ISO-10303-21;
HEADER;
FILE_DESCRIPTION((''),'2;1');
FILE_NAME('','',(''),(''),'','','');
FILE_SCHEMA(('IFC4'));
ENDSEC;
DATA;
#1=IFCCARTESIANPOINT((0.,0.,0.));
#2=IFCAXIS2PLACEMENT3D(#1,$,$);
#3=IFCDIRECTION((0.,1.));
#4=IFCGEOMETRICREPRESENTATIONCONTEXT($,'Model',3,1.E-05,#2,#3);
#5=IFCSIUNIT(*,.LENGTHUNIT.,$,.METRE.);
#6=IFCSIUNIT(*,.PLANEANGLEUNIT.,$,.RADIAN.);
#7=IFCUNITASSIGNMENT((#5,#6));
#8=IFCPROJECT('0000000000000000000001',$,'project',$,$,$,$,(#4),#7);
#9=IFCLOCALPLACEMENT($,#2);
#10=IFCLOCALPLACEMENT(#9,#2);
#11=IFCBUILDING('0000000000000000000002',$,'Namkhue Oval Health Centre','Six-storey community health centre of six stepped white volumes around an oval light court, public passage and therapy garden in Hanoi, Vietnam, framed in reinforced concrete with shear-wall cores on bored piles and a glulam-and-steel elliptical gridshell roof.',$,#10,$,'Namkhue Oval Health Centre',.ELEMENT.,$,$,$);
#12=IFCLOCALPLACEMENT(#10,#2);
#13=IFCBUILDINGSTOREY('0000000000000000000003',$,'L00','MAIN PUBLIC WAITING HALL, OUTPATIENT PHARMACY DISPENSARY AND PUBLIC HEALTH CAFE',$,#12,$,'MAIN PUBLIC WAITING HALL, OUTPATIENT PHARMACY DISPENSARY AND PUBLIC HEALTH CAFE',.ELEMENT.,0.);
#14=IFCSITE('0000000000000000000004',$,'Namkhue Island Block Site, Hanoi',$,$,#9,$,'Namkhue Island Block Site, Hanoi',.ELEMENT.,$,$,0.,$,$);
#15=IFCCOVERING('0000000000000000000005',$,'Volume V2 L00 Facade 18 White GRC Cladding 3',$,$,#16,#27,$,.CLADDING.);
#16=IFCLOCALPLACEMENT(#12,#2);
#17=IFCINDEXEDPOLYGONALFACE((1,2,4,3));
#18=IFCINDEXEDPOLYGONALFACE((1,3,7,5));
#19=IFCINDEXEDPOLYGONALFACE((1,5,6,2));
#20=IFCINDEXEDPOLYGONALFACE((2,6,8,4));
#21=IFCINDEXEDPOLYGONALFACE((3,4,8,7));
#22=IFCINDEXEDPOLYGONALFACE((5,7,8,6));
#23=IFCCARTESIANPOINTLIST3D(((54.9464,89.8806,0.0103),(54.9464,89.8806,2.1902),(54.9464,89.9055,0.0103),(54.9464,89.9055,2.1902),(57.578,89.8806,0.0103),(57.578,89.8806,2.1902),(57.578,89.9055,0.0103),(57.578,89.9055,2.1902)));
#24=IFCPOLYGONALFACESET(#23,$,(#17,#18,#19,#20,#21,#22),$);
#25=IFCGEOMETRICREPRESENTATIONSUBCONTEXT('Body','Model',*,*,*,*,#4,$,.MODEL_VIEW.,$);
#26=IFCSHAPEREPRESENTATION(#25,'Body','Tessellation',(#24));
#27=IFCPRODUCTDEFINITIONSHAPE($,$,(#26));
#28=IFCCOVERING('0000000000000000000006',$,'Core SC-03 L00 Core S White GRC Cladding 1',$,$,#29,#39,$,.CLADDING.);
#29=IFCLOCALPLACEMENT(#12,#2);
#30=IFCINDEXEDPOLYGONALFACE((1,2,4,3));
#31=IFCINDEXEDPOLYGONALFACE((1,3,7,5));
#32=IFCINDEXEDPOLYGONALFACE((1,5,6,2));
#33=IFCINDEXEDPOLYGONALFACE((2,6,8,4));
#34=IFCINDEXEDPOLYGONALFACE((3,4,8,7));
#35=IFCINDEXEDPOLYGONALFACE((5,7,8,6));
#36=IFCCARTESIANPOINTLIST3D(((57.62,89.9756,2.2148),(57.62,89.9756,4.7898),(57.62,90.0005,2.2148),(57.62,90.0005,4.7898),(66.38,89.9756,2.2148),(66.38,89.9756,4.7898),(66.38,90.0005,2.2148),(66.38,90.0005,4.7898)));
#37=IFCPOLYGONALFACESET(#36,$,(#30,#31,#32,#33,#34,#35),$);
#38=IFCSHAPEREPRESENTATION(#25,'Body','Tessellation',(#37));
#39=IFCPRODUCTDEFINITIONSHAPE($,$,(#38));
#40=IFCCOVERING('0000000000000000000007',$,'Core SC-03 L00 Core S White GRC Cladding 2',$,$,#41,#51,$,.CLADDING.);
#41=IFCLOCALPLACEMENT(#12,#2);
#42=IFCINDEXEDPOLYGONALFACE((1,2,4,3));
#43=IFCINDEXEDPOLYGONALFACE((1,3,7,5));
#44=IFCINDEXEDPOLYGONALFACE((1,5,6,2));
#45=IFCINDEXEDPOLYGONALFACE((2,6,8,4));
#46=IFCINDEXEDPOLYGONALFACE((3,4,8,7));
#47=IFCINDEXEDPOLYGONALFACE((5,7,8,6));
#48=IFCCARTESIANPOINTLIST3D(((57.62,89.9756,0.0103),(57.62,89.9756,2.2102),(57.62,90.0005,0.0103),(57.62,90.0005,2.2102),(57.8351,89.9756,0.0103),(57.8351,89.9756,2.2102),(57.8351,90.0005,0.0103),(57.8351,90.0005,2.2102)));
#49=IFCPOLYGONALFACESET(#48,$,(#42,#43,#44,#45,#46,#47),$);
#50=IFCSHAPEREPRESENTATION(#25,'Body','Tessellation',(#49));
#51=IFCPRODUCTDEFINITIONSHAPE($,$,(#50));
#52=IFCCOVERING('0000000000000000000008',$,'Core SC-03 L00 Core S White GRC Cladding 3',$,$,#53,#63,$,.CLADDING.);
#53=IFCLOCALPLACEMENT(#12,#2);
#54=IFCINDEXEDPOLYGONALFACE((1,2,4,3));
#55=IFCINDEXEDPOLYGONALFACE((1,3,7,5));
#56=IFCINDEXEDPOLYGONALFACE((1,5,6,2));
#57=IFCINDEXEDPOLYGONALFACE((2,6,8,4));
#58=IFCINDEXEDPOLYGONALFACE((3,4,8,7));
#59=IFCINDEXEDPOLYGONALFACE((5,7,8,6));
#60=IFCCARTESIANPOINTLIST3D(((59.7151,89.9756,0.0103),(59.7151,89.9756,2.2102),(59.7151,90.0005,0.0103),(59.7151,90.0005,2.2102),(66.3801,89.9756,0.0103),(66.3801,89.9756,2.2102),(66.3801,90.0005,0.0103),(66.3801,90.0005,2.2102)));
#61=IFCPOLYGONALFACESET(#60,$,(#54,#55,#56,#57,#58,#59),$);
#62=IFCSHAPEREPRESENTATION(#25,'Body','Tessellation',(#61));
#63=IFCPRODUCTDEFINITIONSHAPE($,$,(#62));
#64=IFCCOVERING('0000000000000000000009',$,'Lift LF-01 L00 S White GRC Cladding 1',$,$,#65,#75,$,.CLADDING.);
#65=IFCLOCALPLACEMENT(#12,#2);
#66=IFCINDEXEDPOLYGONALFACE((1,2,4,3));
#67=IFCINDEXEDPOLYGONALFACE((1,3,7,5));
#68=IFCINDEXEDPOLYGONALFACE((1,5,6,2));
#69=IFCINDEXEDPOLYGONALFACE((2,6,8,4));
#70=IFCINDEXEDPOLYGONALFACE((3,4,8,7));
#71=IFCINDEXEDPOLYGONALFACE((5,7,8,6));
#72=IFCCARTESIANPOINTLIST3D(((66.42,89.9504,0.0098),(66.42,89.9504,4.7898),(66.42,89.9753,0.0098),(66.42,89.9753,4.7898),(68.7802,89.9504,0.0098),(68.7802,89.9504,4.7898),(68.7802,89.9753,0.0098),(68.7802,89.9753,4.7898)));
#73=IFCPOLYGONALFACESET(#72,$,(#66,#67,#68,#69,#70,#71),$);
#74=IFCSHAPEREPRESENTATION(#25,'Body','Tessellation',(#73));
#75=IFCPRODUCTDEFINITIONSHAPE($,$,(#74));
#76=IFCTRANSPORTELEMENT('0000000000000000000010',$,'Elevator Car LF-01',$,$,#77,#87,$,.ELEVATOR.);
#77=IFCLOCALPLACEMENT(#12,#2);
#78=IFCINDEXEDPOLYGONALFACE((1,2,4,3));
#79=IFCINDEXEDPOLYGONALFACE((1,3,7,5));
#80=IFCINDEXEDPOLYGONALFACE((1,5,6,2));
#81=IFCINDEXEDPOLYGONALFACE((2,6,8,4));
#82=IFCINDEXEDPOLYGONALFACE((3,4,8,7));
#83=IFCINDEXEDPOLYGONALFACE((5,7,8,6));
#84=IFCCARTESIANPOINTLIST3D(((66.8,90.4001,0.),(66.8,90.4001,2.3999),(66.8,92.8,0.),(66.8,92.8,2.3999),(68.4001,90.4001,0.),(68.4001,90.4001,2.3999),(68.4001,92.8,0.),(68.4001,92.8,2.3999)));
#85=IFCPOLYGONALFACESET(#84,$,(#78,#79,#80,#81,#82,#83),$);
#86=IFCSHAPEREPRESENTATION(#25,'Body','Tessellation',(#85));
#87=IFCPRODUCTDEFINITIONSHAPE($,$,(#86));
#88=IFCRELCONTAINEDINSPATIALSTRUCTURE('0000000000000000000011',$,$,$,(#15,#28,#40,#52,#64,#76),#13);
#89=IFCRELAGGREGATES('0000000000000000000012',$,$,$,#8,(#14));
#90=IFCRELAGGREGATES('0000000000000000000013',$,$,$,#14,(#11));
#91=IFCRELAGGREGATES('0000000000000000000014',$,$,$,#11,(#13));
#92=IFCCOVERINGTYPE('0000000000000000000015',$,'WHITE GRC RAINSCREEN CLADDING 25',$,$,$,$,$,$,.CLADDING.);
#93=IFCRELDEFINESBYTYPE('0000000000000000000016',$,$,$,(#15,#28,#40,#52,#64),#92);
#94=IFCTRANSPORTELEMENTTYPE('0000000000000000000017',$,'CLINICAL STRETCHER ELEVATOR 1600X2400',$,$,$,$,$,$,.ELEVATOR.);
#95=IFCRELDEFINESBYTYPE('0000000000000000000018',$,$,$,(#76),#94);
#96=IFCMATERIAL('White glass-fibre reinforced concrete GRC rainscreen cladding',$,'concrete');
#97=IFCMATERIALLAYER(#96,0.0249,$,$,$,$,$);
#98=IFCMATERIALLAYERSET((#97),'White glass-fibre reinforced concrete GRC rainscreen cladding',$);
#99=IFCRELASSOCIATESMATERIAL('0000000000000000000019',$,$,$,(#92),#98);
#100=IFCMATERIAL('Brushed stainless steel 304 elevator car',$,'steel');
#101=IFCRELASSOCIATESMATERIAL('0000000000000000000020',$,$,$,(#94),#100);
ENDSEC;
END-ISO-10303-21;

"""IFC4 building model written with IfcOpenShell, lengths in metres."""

from ifc_helpers import new_model, si_unit, direction, frame, origin, origin_2d, place, context, subcontext, project, spatial, rectangle, extrude, material, layer, layer_set, type_object, element, save


model = new_model("IFC4")

# Units and contexts
model_context = context("Model", 3, precision=1e-05, world=origin(), true_north=direction((0.0, 1.0)))
body_context = subcontext(model_context, "Body", "Model", "MODEL_VIEW")
ifc_project = project(units=[si_unit("LENGTHUNIT", "METRE"), si_unit("PLANEANGLEUNIT", "RADIAN")], contexts=[model_context])

# Site, building, storey
site_placement = place(None, origin())
site = spatial("IfcSite", under=ifc_project, at=site_placement, Name="Namkhue Island Block Site, Hanoi", LongName="Namkhue Island Block Site, Hanoi", CompositionType="ELEMENT", RefElevation=0.0)
building_placement = place(site_placement, origin())
building = spatial("IfcBuilding", under=site, at=building_placement, Name="Namkhue Oval Health Centre", Description="Six-storey community health centre of six stepped white volumes around an oval light court, public passage and therapy garden in Hanoi, Vietnam, framed in reinforced concrete with shear-wall cores on bored piles and a glulam-and-steel elliptical gridshell roof.", LongName="Namkhue Oval Health Centre", CompositionType="ELEMENT")
storey_placement = place(building_placement, origin())
storey = spatial("IfcBuildingStorey", under=building, at=storey_placement, Name="L00", Description="MAIN PUBLIC WAITING HALL, OUTPATIENT PHARMACY DISPENSARY AND PUBLIC HEALTH CAFE", LongName="MAIN PUBLIC WAITING HALL, OUTPATIENT PHARMACY DISPENSARY AND PUBLIC HEALTH CAFE", CompositionType="ELEMENT", Elevation=0.0)

# Coverings
ifc_material_1 = material(Name="White glass-fibre reinforced concrete GRC rainscreen cladding", Category="concrete")
ifc_layer_1 = layer(ifc_material_1, 0.0249)
ifc_layer_set_1 = layer_set([ifc_layer_1], Name="White glass-fibre reinforced concrete GRC rainscreen cladding")
covering_type = type_object("IfcCoveringType", Name="WHITE GRC RAINSCREEN CLADDING 25", PredefinedType="CLADDING", material=ifc_layer_set_1)
covering_1_placement = place(storey_placement, frame((56.2622, 89.8931, 0.0103), z_axis=(0.0, 0.0, 1.0), x_axis=(1.0, 0.0, 0.0)))
element("IfcCovering", 1, at=covering_1_placement, inside=storey, type_object=covering_type, Name="Volume V2 L00 Facade 18 White GRC Cladding 3", PredefinedType="CLADDING", context=body_context, shape_type="SweptSolid", body=[
    extrude(rectangle(XDim=2.6316, YDim=0.0249, at=origin_2d()), origin(), (0.0, 0.0, 1.0), 2.1799),
])
covering_2_placement = place(storey_placement, frame((62.0, 89.988, 2.2148), z_axis=(0.0, 0.0, 1.0), x_axis=(1.0, 0.0, 0.0)))
element("IfcCovering", 2, at=covering_2_placement, inside=storey, type_object=covering_type, Name="Core SC-03 L00 Core S White GRC Cladding 1", PredefinedType="CLADDING", context=body_context, shape_type="SweptSolid", body=[
    extrude(rectangle(XDim=8.76, YDim=0.0249, at=origin_2d()), origin(), (0.0, 0.0, 1.0), 2.575),
])
covering_3_placement = place(storey_placement, frame((57.7275, 89.988, 0.0103), z_axis=(0.0, 0.0, 1.0), x_axis=(1.0, 0.0, 0.0)))
element("IfcCovering", 3, at=covering_3_placement, inside=storey, type_object=covering_type, Name="Core SC-03 L00 Core S White GRC Cladding 2", PredefinedType="CLADDING", context=body_context, shape_type="SweptSolid", body=[
    extrude(rectangle(XDim=0.2151, YDim=0.0249, at=origin_2d()), origin(), (0.0, 0.0, 1.0), 2.2),
])
covering_4_placement = place(storey_placement, frame((63.0476, 89.988, 0.0103), z_axis=(0.0, 0.0, 1.0), x_axis=(1.0, 0.0, 0.0)))
element("IfcCovering", 4, at=covering_4_placement, inside=storey, type_object=covering_type, Name="Core SC-03 L00 Core S White GRC Cladding 3", PredefinedType="CLADDING", context=body_context, shape_type="SweptSolid", body=[
    extrude(rectangle(XDim=6.665, YDim=0.0249, at=origin_2d()), origin(), (0.0, 0.0, 1.0), 2.2),
])
covering_5_placement = place(storey_placement, frame((67.6001, 89.9629, 0.0098), z_axis=(0.0, 0.0, 1.0), x_axis=(1.0, 0.0, 0.0)))
element("IfcCovering", 5, at=covering_5_placement, inside=storey, type_object=covering_type, Name="Lift LF-01 L00 S White GRC Cladding 1", PredefinedType="CLADDING", context=body_context, shape_type="SweptSolid", body=[
    extrude(rectangle(XDim=2.3601, YDim=0.0249, at=origin_2d()), origin(), (0.0, 0.0, 1.0), 4.78),
])

# Transport element
ifc_material_2 = material(Name="Brushed stainless steel 304 elevator car", Category="steel")
transport_element_type = type_object("IfcTransportElementType", Name="CLINICAL STRETCHER ELEVATOR 1600X2400", PredefinedType="ELEVATOR", material=ifc_material_2)
transport_element_placement = place(storey_placement, frame((67.6001, 91.6001, 0.0), z_axis=(0.0, 0.0, 1.0), x_axis=(1.0, 0.0, 0.0)))
element("IfcTransportElement", 6, at=transport_element_placement, inside=storey, type_object=transport_element_type, Name="Elevator Car LF-01", PredefinedType="ELEVATOR", context=body_context, shape_type="SweptSolid", body=[
    extrude(rectangle(XDim=1.6001, YDim=2.3999, at=origin_2d()), origin(), (0.0, 0.0, 1.0), 2.3999),
])

save(model, "model.ifc")
